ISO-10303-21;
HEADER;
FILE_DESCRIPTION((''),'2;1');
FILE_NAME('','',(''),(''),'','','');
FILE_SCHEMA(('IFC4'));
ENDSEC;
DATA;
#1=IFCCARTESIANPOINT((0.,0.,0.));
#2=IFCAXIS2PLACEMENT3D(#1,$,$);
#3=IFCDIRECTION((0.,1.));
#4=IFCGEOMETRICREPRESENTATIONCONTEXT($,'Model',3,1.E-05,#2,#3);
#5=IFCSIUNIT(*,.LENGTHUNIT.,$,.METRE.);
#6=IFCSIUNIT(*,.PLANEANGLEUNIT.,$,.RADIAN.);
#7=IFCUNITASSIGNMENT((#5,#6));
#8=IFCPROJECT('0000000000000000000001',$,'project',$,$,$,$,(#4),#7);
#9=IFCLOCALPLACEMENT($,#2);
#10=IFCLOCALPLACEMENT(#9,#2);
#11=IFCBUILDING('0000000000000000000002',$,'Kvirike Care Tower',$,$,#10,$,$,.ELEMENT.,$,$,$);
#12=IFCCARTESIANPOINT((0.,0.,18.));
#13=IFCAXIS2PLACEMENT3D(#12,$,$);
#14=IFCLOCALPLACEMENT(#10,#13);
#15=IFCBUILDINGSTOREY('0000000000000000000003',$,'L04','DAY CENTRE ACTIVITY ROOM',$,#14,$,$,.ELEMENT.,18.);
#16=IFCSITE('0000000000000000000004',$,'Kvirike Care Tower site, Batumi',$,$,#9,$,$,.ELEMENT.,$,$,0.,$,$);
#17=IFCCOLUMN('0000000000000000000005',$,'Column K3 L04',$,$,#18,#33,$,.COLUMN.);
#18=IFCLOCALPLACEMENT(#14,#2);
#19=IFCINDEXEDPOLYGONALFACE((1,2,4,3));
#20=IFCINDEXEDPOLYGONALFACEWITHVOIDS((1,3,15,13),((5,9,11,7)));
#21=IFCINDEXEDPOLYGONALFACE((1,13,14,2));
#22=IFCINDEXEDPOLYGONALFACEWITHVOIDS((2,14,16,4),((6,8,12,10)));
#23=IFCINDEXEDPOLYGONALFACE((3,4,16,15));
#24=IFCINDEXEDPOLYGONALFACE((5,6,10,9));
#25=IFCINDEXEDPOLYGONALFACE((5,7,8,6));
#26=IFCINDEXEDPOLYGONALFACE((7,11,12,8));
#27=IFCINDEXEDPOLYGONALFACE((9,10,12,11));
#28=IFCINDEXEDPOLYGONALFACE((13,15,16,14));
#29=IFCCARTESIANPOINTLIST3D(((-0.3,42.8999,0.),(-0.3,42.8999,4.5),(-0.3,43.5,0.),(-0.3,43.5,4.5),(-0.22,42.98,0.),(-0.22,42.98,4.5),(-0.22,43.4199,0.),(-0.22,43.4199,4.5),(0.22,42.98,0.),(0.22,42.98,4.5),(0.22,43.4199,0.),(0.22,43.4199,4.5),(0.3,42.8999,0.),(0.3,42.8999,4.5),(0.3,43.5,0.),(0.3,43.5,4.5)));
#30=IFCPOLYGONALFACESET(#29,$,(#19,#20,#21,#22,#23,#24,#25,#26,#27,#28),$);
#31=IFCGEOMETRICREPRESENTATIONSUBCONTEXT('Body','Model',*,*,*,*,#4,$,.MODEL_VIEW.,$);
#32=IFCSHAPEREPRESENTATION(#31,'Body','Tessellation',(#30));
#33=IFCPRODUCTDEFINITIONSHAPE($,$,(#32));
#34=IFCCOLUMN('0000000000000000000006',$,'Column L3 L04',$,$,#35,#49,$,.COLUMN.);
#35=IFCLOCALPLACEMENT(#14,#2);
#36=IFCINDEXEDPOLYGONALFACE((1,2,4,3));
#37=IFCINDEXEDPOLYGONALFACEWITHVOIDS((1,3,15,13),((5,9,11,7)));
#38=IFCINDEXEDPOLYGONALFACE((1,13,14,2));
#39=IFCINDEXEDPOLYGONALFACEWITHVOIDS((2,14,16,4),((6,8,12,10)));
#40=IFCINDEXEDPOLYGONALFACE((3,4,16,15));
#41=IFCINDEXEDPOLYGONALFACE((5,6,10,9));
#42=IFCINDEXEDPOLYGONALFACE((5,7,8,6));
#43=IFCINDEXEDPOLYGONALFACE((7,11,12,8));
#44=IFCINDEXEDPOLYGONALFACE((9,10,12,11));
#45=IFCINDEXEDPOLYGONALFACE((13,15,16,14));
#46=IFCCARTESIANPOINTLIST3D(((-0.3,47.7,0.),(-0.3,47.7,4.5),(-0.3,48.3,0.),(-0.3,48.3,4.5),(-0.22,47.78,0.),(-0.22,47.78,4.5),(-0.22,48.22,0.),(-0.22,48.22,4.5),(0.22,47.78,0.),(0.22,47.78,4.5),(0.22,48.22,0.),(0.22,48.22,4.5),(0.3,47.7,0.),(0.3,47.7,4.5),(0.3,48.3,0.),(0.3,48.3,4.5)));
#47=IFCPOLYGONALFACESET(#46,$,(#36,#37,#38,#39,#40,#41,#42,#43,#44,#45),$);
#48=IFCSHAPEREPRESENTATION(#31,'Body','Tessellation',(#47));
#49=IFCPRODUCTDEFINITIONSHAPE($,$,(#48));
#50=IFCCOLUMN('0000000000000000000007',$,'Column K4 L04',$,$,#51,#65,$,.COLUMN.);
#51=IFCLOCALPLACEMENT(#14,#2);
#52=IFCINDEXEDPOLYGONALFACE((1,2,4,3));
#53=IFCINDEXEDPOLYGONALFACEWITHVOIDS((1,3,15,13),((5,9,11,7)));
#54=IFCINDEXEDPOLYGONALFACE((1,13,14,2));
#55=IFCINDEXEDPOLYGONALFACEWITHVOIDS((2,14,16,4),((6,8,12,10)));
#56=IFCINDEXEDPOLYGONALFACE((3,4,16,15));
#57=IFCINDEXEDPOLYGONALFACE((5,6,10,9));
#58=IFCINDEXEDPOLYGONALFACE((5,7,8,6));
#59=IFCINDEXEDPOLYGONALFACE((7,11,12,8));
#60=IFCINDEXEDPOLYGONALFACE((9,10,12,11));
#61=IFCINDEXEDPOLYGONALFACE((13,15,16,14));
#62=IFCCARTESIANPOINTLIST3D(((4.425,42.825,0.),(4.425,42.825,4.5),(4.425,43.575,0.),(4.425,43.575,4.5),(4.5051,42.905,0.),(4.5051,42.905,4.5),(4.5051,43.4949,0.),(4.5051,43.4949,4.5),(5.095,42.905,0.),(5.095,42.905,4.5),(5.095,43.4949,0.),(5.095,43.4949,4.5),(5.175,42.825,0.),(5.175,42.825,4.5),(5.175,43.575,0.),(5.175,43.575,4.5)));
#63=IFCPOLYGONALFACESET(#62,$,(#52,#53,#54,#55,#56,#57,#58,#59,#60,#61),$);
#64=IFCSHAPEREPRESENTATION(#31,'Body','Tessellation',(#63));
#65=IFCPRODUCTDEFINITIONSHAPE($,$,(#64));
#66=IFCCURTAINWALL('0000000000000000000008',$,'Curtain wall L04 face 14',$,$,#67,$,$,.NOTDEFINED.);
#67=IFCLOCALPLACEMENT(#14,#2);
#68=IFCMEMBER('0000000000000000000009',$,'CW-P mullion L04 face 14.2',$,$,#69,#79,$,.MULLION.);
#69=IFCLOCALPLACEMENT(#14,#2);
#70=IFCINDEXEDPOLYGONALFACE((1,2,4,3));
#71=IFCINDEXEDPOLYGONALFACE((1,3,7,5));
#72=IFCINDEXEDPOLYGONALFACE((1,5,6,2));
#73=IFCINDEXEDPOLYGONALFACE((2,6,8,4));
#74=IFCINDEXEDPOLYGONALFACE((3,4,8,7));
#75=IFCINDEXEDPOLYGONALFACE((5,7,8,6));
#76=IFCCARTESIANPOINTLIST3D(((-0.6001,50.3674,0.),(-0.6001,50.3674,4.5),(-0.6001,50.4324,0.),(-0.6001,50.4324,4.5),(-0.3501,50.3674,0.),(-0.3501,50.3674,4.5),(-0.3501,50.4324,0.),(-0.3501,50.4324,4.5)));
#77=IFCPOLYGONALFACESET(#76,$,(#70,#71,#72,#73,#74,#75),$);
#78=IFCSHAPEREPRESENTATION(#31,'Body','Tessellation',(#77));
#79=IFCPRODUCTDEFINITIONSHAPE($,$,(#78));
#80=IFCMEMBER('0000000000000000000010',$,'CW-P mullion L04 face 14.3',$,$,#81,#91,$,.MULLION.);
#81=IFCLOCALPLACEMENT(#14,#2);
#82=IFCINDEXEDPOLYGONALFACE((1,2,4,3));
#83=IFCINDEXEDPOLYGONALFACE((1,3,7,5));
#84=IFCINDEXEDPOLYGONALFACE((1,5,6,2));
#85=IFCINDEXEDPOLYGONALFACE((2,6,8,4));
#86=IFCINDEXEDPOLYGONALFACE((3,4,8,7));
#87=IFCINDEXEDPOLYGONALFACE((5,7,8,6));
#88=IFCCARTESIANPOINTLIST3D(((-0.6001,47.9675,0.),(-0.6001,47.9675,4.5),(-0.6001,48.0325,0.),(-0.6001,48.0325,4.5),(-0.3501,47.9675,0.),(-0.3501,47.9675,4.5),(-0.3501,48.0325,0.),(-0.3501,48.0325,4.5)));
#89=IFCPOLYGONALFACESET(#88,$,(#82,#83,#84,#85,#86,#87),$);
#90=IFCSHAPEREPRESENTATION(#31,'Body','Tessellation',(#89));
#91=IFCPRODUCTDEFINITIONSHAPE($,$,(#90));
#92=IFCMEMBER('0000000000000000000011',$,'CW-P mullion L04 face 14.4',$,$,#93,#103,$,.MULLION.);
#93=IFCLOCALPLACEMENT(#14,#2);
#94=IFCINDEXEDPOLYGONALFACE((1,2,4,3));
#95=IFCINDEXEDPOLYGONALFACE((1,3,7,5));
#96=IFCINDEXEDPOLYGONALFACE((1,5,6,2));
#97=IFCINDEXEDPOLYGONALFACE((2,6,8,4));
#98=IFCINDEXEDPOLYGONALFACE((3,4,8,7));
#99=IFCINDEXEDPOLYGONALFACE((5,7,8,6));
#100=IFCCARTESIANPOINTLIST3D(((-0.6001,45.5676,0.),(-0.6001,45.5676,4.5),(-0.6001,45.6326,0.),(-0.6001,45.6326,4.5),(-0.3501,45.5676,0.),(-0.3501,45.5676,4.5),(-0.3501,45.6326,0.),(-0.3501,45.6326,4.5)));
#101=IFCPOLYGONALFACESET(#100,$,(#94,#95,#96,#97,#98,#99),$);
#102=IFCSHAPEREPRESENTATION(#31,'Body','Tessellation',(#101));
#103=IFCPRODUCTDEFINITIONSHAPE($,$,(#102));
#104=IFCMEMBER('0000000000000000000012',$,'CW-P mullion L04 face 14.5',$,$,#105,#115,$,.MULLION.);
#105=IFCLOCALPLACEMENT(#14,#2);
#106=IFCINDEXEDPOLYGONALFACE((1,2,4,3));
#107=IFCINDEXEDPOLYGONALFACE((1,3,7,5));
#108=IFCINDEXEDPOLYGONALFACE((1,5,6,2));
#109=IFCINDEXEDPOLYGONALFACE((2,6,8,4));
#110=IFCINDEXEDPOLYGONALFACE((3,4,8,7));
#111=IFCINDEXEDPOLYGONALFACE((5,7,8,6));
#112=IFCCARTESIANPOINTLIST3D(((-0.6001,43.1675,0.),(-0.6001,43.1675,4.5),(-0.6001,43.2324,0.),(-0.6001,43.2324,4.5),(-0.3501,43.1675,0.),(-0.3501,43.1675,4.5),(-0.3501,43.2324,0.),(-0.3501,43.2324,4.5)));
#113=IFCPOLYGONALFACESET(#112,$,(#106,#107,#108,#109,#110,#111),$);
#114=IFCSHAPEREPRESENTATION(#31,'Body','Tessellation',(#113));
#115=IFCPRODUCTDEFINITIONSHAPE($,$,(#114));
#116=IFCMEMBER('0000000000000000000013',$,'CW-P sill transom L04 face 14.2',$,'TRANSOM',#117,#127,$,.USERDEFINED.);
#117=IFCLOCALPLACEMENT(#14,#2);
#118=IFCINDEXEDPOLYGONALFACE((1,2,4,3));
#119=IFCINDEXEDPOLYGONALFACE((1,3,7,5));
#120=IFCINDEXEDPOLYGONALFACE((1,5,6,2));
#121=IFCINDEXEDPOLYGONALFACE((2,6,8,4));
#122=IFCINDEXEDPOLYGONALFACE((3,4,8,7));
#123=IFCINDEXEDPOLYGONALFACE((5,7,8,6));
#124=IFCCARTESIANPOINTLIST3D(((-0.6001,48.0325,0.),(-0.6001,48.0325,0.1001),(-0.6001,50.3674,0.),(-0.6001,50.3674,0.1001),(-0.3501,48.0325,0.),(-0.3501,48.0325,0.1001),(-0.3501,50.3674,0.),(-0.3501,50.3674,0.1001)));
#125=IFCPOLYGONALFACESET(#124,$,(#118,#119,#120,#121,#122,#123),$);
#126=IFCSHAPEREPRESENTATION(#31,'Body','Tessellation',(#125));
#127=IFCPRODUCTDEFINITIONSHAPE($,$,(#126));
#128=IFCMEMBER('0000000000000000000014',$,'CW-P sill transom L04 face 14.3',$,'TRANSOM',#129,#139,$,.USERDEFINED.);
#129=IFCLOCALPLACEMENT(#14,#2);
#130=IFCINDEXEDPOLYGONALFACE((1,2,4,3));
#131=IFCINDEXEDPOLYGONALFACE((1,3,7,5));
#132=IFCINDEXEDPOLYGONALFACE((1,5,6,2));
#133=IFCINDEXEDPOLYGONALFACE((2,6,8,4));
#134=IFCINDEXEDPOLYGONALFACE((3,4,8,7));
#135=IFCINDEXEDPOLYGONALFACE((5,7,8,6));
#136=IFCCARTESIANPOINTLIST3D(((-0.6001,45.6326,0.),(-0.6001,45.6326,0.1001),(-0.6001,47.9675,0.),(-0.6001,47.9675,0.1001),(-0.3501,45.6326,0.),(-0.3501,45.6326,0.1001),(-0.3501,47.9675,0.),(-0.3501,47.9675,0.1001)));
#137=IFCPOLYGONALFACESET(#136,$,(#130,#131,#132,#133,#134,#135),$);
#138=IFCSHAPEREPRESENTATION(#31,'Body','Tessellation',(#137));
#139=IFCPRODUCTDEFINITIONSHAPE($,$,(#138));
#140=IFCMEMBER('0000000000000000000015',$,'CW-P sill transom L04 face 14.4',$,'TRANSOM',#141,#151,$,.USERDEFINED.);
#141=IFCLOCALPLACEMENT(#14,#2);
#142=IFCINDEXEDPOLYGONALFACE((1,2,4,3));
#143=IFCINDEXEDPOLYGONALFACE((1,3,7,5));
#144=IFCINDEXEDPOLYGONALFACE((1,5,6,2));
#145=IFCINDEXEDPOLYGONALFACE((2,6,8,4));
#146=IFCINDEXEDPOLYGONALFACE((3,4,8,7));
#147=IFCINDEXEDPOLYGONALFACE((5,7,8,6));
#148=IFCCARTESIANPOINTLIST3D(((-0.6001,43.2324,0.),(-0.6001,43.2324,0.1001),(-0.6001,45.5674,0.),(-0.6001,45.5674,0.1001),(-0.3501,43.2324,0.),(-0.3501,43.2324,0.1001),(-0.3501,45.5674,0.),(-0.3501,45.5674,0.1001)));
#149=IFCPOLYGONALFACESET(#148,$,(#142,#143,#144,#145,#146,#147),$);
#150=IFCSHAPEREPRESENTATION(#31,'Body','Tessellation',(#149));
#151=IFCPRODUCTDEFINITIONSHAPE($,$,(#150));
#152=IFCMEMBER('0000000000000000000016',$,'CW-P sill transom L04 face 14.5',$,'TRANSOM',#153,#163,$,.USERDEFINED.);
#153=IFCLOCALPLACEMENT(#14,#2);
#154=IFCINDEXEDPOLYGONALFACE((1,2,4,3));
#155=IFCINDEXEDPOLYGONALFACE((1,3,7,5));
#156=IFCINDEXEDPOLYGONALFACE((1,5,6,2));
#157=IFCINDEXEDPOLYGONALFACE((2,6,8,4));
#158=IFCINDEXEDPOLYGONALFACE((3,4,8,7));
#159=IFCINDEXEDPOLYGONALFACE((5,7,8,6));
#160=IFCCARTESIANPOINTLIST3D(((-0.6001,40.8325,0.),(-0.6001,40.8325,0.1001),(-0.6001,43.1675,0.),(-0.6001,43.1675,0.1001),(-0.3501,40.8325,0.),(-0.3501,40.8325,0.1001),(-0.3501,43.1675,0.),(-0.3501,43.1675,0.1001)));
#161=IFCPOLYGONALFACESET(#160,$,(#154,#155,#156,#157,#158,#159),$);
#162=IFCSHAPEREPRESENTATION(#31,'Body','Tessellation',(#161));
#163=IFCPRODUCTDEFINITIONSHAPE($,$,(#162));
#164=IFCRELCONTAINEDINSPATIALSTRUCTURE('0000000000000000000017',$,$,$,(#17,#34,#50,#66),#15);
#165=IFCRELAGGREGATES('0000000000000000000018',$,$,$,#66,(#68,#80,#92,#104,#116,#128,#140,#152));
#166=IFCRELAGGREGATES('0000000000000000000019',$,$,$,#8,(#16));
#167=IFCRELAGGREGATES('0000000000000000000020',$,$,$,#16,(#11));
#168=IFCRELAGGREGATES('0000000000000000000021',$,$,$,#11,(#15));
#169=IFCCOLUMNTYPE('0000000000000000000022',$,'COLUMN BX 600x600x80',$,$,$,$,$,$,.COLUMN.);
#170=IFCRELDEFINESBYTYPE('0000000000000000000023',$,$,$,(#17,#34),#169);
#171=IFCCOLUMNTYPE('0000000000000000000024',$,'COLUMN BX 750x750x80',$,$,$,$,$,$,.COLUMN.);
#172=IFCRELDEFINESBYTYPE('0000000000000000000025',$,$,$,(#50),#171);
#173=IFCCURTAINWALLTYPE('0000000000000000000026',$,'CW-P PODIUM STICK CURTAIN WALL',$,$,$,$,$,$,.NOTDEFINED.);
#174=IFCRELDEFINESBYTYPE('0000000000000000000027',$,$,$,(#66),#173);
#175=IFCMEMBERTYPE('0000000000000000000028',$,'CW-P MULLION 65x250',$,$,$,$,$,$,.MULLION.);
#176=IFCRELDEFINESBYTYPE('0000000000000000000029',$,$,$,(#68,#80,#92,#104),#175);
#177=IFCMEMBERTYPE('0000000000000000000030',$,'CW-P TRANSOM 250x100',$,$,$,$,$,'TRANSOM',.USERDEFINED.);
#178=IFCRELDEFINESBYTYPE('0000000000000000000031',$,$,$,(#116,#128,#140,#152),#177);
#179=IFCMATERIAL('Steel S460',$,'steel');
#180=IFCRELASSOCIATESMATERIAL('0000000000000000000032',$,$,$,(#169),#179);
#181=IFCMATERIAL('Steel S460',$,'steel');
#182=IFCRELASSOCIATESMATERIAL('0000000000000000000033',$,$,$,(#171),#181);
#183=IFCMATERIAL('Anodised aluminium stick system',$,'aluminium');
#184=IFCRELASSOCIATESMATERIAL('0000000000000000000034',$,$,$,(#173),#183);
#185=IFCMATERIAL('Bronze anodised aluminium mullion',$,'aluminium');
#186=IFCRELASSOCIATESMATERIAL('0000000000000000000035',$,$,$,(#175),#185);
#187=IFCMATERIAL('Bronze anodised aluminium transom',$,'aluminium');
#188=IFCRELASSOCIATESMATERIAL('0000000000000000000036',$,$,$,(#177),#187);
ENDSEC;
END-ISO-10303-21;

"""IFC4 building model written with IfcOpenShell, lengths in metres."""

from ifc_helpers import new_model, si_unit, direction, frame, origin, origin_2d, place, context, subcontext, project, spatial, rectangle, hollow_rectangle, extrude, material, material_profile, profile_set, type_object, element, aggregate, save


model = new_model("IFC4")

# Units and contexts
model_context = context("Model", 3, precision=1e-05, world=origin(), true_north=direction((0.0, 1.0)))
body_context = subcontext(model_context, "Body", "Model", "MODEL_VIEW")
ifc_project = project(units=[si_unit("LENGTHUNIT", "METRE"), si_unit("PLANEANGLEUNIT", "RADIAN")], contexts=[model_context])

# Site, building, storey
site_placement = place(None, origin())
site = spatial("IfcSite", under=ifc_project, at=site_placement, Name="Kvirike Care Tower site, Batumi", CompositionType="ELEMENT", RefElevation=0.0)
building_placement = place(site_placement, origin())
building = spatial("IfcBuilding", under=site, at=building_placement, Name="Kvirike Care Tower", CompositionType="ELEMENT")
storey_placement = place(building_placement, frame((0.0, 0.0, 18.0)))
storey = spatial("IfcBuildingStorey", under=building, at=storey_placement, Name="L04", Description="DAY CENTRE ACTIVITY ROOM", CompositionType="ELEMENT", Elevation=18.0)

# Columns
ifc_material_1 = material(Name="Steel S460", Category="steel")
ifc_material_profile_1 = material_profile(ifc_material_1, hollow_rectangle(XDim=0.6001, YDim=0.6001, WallThickness=0.0801, at=origin_2d()), Name="BX 600x600x80")
ifc_profile_set_1 = profile_set([ifc_material_profile_1], Name="Steel S460")
column_type_1 = type_object("IfcColumnType", Name="COLUMN BX 600x600x80", PredefinedType="COLUMN", material=ifc_profile_set_1)
for number, where, z_axis, x_axis, name in (
    (1, (0.0, 43.2, 0.0), (0.0, 0.0, 1.0), (0.0, 1.0, 0.0), "Column K3 L04"),
    (2, (0.0, 48.0, 0.0), (0.0, 0.0, 1.0), (1.0, 0.0, 0.0), "Column L3 L04"),
):
    element("IfcColumn", number, at=place(storey_placement, frame(where, z_axis=z_axis, x_axis=x_axis)), inside=storey, type_object=column_type_1, Name=name, PredefinedType="COLUMN", context=body_context, shape_type="SweptSolid", body=[
        extrude(hollow_rectangle(XDim=0.6001, YDim=0.6001, WallThickness=0.0801, at=origin_2d()), origin(), (0.0, 0.0, 1.0), 4.5),
    ])
ifc_material_2 = material(Name="Steel S460", Category="steel")
ifc_material_profile_2 = material_profile(ifc_material_2, hollow_rectangle(XDim=0.75, YDim=0.75, WallThickness=0.0801, at=origin_2d()), Name="BX 750x750x80")
ifc_profile_set_2 = profile_set([ifc_material_profile_2], Name="Steel S460")
column_type_2 = type_object("IfcColumnType", Name="COLUMN BX 750x750x80", PredefinedType="COLUMN", material=ifc_profile_set_2)
column_placement = place(storey_placement, frame((4.8, 43.2, 0.0), z_axis=(0.0, 0.0, 1.0), x_axis=(0.0, 1.0, 0.0)))
element("IfcColumn", 3, at=column_placement, inside=storey, type_object=column_type_2, Name="Column K4 L04", PredefinedType="COLUMN", context=body_context, shape_type="SweptSolid", body=[
    extrude(hollow_rectangle(XDim=0.75, YDim=0.75, WallThickness=0.0801, at=origin_2d()), origin(), (0.0, 0.0, 1.0), 4.5),
])

# Curtain wall, members
ifc_material_3 = material(Name="Anodised aluminium stick system", Category="aluminium")
curtain_wall_type = type_object("IfcCurtainWallType", Name="CW-P PODIUM STICK CURTAIN WALL", PredefinedType="NOTDEFINED", material=ifc_material_3)
curtain_wall_placement = place(storey_placement, origin())
curtain_wall = element("IfcCurtainWall", 4, at=curtain_wall_placement, inside=storey, type_object=curtain_wall_type, Name="Curtain wall L04 face 14", PredefinedType="NOTDEFINED")
ifc_material_4 = material(Name="Bronze anodised aluminium mullion", Category="aluminium")
ifc_material_profile_3 = material_profile(ifc_material_4, rectangle(XDim=0.0649, YDim=0.25, at=origin_2d()), Name="CW-P MULLION 65x250")
ifc_profile_set_3 = profile_set([ifc_material_profile_3], Name="Bronze anodised aluminium mullion")
member_type_1 = type_object("IfcMemberType", Name="CW-P MULLION 65x250", PredefinedType="MULLION", material=ifc_profile_set_3)
member_1_placement = place(storey_placement, frame((-0.4751, 50.3999, 0.0), z_axis=(0.0, 0.0, 1.0), x_axis=(0.0, -1.0, 0.0)))
member_1 = element("IfcMember", 5, at=member_1_placement, type_object=member_type_1, Name="CW-P mullion L04 face 14.2", PredefinedType="MULLION", context=body_context, shape_type="SweptSolid", body=[
    extrude(rectangle(XDim=0.0649, YDim=0.25, at=origin_2d()), origin(), (0.0, 0.0, 1.0), 4.5),
])
member_2_placement = place(storey_placement, frame((-0.4751, 48.0, 0.0), z_axis=(0.0, 0.0, 1.0), x_axis=(0.0, -1.0, 0.0)))
member_2 = element("IfcMember", 6, at=member_2_placement, type_object=member_type_1, Name="CW-P mullion L04 face 14.3", PredefinedType="MULLION", context=body_context, shape_type="SweptSolid", body=[
    extrude(rectangle(XDim=0.0649, YDim=0.25, at=origin_2d()), origin(), (0.0, 0.0, 1.0), 4.5),
])
member_3_placement = place(storey_placement, frame((-0.4751, 45.6001, 0.0), z_axis=(0.0, 0.0, 1.0), x_axis=(0.0, -1.0, 0.0)))
member_3 = element("IfcMember", 7, at=member_3_placement, type_object=member_type_1, Name="CW-P mullion L04 face 14.4", PredefinedType="MULLION", context=body_context, shape_type="SweptSolid", body=[
    extrude(rectangle(XDim=0.0649, YDim=0.25, at=origin_2d()), origin(), (0.0, 0.0, 1.0), 4.5),
])
member_4_placement = place(storey_placement, frame((-0.4751, 43.2, 0.0), z_axis=(0.0, 0.0, 1.0), x_axis=(0.0, -1.0, 0.0)))
member_4 = element("IfcMember", 8, at=member_4_placement, type_object=member_type_1, Name="CW-P mullion L04 face 14.5", PredefinedType="MULLION", context=body_context, shape_type="SweptSolid", body=[
    extrude(rectangle(XDim=0.0649, YDim=0.25, at=origin_2d()), origin(), (0.0, 0.0, 1.0), 4.5),
])
ifc_material_5 = material(Name="Bronze anodised aluminium transom", Category="aluminium")
ifc_material_profile_4 = material_profile(ifc_material_5, rectangle(XDim=0.25, YDim=0.1001, at=origin_2d()), Name="CW-P TRANSOM 250x100")
ifc_profile_set_4 = profile_set([ifc_material_profile_4], Name="Bronze anodised aluminium transom")
member_type_2 = type_object("IfcMemberType", Name="CW-P TRANSOM 250x100", ElementType="TRANSOM", PredefinedType="USERDEFINED", material=ifc_profile_set_4)
member_5_placement = place(storey_placement, frame((-0.4751, 50.3674, 0.05), z_axis=(0.0, -1.0, 0.0), x_axis=(1.0, 0.0, 0.0)))
member_5 = element("IfcMember", 9, at=member_5_placement, type_object=member_type_2, Name="CW-P sill transom L04 face 14.2", ObjectType="TRANSOM", PredefinedType="USERDEFINED", context=body_context, shape_type="SweptSolid", body=[
    extrude(rectangle(XDim=0.25, YDim=0.1001, at=origin_2d()), origin(), (0.0, 0.0, 1.0), 2.335),
])
member_6_placement = place(storey_placement, frame((-0.4751, 47.9675, 0.05), z_axis=(0.0, -1.0, 0.0), x_axis=(1.0, 0.0, 0.0)))
member_6 = element("IfcMember", 10, at=member_6_placement, type_object=member_type_2, Name="CW-P sill transom L04 face 14.3", ObjectType="TRANSOM", PredefinedType="USERDEFINED", context=body_context, shape_type="SweptSolid", body=[
    extrude(rectangle(XDim=0.25, YDim=0.1001, at=origin_2d()), origin(), (0.0, 0.0, 1.0), 2.335),
])
member_7_placement = place(storey_placement, frame((-0.4751, 45.5674, 0.05), z_axis=(0.0, -1.0, 0.0), x_axis=(1.0, 0.0, 0.0)))
member_7 = element("IfcMember", 11, at=member_7_placement, type_object=member_type_2, Name="CW-P sill transom L04 face 14.4", ObjectType="TRANSOM", PredefinedType="USERDEFINED", context=body_context, shape_type="SweptSolid", body=[
    extrude(rectangle(XDim=0.25, YDim=0.1001, at=origin_2d()), origin(), (0.0, 0.0, 1.0), 2.335),
])
member_8_placement = place(storey_placement, frame((-0.4751, 43.1675, 0.05), z_axis=(0.0, -1.0, 0.0), x_axis=(1.0, 0.0, 0.0)))
member_8 = element("IfcMember", 12, at=member_8_placement, type_object=member_type_2, Name="CW-P sill transom L04 face 14.5", ObjectType="TRANSOM", PredefinedType="USERDEFINED", context=body_context, shape_type="SweptSolid", body=[
    extrude(rectangle(XDim=0.25, YDim=0.1001, at=origin_2d()), origin(), (0.0, 0.0, 1.0), 2.335),
])

aggregate(curtain_wall, [member_1, member_2, member_3, member_4, member_5, member_6, member_7, member_8])

save(model, "model.ifc")
